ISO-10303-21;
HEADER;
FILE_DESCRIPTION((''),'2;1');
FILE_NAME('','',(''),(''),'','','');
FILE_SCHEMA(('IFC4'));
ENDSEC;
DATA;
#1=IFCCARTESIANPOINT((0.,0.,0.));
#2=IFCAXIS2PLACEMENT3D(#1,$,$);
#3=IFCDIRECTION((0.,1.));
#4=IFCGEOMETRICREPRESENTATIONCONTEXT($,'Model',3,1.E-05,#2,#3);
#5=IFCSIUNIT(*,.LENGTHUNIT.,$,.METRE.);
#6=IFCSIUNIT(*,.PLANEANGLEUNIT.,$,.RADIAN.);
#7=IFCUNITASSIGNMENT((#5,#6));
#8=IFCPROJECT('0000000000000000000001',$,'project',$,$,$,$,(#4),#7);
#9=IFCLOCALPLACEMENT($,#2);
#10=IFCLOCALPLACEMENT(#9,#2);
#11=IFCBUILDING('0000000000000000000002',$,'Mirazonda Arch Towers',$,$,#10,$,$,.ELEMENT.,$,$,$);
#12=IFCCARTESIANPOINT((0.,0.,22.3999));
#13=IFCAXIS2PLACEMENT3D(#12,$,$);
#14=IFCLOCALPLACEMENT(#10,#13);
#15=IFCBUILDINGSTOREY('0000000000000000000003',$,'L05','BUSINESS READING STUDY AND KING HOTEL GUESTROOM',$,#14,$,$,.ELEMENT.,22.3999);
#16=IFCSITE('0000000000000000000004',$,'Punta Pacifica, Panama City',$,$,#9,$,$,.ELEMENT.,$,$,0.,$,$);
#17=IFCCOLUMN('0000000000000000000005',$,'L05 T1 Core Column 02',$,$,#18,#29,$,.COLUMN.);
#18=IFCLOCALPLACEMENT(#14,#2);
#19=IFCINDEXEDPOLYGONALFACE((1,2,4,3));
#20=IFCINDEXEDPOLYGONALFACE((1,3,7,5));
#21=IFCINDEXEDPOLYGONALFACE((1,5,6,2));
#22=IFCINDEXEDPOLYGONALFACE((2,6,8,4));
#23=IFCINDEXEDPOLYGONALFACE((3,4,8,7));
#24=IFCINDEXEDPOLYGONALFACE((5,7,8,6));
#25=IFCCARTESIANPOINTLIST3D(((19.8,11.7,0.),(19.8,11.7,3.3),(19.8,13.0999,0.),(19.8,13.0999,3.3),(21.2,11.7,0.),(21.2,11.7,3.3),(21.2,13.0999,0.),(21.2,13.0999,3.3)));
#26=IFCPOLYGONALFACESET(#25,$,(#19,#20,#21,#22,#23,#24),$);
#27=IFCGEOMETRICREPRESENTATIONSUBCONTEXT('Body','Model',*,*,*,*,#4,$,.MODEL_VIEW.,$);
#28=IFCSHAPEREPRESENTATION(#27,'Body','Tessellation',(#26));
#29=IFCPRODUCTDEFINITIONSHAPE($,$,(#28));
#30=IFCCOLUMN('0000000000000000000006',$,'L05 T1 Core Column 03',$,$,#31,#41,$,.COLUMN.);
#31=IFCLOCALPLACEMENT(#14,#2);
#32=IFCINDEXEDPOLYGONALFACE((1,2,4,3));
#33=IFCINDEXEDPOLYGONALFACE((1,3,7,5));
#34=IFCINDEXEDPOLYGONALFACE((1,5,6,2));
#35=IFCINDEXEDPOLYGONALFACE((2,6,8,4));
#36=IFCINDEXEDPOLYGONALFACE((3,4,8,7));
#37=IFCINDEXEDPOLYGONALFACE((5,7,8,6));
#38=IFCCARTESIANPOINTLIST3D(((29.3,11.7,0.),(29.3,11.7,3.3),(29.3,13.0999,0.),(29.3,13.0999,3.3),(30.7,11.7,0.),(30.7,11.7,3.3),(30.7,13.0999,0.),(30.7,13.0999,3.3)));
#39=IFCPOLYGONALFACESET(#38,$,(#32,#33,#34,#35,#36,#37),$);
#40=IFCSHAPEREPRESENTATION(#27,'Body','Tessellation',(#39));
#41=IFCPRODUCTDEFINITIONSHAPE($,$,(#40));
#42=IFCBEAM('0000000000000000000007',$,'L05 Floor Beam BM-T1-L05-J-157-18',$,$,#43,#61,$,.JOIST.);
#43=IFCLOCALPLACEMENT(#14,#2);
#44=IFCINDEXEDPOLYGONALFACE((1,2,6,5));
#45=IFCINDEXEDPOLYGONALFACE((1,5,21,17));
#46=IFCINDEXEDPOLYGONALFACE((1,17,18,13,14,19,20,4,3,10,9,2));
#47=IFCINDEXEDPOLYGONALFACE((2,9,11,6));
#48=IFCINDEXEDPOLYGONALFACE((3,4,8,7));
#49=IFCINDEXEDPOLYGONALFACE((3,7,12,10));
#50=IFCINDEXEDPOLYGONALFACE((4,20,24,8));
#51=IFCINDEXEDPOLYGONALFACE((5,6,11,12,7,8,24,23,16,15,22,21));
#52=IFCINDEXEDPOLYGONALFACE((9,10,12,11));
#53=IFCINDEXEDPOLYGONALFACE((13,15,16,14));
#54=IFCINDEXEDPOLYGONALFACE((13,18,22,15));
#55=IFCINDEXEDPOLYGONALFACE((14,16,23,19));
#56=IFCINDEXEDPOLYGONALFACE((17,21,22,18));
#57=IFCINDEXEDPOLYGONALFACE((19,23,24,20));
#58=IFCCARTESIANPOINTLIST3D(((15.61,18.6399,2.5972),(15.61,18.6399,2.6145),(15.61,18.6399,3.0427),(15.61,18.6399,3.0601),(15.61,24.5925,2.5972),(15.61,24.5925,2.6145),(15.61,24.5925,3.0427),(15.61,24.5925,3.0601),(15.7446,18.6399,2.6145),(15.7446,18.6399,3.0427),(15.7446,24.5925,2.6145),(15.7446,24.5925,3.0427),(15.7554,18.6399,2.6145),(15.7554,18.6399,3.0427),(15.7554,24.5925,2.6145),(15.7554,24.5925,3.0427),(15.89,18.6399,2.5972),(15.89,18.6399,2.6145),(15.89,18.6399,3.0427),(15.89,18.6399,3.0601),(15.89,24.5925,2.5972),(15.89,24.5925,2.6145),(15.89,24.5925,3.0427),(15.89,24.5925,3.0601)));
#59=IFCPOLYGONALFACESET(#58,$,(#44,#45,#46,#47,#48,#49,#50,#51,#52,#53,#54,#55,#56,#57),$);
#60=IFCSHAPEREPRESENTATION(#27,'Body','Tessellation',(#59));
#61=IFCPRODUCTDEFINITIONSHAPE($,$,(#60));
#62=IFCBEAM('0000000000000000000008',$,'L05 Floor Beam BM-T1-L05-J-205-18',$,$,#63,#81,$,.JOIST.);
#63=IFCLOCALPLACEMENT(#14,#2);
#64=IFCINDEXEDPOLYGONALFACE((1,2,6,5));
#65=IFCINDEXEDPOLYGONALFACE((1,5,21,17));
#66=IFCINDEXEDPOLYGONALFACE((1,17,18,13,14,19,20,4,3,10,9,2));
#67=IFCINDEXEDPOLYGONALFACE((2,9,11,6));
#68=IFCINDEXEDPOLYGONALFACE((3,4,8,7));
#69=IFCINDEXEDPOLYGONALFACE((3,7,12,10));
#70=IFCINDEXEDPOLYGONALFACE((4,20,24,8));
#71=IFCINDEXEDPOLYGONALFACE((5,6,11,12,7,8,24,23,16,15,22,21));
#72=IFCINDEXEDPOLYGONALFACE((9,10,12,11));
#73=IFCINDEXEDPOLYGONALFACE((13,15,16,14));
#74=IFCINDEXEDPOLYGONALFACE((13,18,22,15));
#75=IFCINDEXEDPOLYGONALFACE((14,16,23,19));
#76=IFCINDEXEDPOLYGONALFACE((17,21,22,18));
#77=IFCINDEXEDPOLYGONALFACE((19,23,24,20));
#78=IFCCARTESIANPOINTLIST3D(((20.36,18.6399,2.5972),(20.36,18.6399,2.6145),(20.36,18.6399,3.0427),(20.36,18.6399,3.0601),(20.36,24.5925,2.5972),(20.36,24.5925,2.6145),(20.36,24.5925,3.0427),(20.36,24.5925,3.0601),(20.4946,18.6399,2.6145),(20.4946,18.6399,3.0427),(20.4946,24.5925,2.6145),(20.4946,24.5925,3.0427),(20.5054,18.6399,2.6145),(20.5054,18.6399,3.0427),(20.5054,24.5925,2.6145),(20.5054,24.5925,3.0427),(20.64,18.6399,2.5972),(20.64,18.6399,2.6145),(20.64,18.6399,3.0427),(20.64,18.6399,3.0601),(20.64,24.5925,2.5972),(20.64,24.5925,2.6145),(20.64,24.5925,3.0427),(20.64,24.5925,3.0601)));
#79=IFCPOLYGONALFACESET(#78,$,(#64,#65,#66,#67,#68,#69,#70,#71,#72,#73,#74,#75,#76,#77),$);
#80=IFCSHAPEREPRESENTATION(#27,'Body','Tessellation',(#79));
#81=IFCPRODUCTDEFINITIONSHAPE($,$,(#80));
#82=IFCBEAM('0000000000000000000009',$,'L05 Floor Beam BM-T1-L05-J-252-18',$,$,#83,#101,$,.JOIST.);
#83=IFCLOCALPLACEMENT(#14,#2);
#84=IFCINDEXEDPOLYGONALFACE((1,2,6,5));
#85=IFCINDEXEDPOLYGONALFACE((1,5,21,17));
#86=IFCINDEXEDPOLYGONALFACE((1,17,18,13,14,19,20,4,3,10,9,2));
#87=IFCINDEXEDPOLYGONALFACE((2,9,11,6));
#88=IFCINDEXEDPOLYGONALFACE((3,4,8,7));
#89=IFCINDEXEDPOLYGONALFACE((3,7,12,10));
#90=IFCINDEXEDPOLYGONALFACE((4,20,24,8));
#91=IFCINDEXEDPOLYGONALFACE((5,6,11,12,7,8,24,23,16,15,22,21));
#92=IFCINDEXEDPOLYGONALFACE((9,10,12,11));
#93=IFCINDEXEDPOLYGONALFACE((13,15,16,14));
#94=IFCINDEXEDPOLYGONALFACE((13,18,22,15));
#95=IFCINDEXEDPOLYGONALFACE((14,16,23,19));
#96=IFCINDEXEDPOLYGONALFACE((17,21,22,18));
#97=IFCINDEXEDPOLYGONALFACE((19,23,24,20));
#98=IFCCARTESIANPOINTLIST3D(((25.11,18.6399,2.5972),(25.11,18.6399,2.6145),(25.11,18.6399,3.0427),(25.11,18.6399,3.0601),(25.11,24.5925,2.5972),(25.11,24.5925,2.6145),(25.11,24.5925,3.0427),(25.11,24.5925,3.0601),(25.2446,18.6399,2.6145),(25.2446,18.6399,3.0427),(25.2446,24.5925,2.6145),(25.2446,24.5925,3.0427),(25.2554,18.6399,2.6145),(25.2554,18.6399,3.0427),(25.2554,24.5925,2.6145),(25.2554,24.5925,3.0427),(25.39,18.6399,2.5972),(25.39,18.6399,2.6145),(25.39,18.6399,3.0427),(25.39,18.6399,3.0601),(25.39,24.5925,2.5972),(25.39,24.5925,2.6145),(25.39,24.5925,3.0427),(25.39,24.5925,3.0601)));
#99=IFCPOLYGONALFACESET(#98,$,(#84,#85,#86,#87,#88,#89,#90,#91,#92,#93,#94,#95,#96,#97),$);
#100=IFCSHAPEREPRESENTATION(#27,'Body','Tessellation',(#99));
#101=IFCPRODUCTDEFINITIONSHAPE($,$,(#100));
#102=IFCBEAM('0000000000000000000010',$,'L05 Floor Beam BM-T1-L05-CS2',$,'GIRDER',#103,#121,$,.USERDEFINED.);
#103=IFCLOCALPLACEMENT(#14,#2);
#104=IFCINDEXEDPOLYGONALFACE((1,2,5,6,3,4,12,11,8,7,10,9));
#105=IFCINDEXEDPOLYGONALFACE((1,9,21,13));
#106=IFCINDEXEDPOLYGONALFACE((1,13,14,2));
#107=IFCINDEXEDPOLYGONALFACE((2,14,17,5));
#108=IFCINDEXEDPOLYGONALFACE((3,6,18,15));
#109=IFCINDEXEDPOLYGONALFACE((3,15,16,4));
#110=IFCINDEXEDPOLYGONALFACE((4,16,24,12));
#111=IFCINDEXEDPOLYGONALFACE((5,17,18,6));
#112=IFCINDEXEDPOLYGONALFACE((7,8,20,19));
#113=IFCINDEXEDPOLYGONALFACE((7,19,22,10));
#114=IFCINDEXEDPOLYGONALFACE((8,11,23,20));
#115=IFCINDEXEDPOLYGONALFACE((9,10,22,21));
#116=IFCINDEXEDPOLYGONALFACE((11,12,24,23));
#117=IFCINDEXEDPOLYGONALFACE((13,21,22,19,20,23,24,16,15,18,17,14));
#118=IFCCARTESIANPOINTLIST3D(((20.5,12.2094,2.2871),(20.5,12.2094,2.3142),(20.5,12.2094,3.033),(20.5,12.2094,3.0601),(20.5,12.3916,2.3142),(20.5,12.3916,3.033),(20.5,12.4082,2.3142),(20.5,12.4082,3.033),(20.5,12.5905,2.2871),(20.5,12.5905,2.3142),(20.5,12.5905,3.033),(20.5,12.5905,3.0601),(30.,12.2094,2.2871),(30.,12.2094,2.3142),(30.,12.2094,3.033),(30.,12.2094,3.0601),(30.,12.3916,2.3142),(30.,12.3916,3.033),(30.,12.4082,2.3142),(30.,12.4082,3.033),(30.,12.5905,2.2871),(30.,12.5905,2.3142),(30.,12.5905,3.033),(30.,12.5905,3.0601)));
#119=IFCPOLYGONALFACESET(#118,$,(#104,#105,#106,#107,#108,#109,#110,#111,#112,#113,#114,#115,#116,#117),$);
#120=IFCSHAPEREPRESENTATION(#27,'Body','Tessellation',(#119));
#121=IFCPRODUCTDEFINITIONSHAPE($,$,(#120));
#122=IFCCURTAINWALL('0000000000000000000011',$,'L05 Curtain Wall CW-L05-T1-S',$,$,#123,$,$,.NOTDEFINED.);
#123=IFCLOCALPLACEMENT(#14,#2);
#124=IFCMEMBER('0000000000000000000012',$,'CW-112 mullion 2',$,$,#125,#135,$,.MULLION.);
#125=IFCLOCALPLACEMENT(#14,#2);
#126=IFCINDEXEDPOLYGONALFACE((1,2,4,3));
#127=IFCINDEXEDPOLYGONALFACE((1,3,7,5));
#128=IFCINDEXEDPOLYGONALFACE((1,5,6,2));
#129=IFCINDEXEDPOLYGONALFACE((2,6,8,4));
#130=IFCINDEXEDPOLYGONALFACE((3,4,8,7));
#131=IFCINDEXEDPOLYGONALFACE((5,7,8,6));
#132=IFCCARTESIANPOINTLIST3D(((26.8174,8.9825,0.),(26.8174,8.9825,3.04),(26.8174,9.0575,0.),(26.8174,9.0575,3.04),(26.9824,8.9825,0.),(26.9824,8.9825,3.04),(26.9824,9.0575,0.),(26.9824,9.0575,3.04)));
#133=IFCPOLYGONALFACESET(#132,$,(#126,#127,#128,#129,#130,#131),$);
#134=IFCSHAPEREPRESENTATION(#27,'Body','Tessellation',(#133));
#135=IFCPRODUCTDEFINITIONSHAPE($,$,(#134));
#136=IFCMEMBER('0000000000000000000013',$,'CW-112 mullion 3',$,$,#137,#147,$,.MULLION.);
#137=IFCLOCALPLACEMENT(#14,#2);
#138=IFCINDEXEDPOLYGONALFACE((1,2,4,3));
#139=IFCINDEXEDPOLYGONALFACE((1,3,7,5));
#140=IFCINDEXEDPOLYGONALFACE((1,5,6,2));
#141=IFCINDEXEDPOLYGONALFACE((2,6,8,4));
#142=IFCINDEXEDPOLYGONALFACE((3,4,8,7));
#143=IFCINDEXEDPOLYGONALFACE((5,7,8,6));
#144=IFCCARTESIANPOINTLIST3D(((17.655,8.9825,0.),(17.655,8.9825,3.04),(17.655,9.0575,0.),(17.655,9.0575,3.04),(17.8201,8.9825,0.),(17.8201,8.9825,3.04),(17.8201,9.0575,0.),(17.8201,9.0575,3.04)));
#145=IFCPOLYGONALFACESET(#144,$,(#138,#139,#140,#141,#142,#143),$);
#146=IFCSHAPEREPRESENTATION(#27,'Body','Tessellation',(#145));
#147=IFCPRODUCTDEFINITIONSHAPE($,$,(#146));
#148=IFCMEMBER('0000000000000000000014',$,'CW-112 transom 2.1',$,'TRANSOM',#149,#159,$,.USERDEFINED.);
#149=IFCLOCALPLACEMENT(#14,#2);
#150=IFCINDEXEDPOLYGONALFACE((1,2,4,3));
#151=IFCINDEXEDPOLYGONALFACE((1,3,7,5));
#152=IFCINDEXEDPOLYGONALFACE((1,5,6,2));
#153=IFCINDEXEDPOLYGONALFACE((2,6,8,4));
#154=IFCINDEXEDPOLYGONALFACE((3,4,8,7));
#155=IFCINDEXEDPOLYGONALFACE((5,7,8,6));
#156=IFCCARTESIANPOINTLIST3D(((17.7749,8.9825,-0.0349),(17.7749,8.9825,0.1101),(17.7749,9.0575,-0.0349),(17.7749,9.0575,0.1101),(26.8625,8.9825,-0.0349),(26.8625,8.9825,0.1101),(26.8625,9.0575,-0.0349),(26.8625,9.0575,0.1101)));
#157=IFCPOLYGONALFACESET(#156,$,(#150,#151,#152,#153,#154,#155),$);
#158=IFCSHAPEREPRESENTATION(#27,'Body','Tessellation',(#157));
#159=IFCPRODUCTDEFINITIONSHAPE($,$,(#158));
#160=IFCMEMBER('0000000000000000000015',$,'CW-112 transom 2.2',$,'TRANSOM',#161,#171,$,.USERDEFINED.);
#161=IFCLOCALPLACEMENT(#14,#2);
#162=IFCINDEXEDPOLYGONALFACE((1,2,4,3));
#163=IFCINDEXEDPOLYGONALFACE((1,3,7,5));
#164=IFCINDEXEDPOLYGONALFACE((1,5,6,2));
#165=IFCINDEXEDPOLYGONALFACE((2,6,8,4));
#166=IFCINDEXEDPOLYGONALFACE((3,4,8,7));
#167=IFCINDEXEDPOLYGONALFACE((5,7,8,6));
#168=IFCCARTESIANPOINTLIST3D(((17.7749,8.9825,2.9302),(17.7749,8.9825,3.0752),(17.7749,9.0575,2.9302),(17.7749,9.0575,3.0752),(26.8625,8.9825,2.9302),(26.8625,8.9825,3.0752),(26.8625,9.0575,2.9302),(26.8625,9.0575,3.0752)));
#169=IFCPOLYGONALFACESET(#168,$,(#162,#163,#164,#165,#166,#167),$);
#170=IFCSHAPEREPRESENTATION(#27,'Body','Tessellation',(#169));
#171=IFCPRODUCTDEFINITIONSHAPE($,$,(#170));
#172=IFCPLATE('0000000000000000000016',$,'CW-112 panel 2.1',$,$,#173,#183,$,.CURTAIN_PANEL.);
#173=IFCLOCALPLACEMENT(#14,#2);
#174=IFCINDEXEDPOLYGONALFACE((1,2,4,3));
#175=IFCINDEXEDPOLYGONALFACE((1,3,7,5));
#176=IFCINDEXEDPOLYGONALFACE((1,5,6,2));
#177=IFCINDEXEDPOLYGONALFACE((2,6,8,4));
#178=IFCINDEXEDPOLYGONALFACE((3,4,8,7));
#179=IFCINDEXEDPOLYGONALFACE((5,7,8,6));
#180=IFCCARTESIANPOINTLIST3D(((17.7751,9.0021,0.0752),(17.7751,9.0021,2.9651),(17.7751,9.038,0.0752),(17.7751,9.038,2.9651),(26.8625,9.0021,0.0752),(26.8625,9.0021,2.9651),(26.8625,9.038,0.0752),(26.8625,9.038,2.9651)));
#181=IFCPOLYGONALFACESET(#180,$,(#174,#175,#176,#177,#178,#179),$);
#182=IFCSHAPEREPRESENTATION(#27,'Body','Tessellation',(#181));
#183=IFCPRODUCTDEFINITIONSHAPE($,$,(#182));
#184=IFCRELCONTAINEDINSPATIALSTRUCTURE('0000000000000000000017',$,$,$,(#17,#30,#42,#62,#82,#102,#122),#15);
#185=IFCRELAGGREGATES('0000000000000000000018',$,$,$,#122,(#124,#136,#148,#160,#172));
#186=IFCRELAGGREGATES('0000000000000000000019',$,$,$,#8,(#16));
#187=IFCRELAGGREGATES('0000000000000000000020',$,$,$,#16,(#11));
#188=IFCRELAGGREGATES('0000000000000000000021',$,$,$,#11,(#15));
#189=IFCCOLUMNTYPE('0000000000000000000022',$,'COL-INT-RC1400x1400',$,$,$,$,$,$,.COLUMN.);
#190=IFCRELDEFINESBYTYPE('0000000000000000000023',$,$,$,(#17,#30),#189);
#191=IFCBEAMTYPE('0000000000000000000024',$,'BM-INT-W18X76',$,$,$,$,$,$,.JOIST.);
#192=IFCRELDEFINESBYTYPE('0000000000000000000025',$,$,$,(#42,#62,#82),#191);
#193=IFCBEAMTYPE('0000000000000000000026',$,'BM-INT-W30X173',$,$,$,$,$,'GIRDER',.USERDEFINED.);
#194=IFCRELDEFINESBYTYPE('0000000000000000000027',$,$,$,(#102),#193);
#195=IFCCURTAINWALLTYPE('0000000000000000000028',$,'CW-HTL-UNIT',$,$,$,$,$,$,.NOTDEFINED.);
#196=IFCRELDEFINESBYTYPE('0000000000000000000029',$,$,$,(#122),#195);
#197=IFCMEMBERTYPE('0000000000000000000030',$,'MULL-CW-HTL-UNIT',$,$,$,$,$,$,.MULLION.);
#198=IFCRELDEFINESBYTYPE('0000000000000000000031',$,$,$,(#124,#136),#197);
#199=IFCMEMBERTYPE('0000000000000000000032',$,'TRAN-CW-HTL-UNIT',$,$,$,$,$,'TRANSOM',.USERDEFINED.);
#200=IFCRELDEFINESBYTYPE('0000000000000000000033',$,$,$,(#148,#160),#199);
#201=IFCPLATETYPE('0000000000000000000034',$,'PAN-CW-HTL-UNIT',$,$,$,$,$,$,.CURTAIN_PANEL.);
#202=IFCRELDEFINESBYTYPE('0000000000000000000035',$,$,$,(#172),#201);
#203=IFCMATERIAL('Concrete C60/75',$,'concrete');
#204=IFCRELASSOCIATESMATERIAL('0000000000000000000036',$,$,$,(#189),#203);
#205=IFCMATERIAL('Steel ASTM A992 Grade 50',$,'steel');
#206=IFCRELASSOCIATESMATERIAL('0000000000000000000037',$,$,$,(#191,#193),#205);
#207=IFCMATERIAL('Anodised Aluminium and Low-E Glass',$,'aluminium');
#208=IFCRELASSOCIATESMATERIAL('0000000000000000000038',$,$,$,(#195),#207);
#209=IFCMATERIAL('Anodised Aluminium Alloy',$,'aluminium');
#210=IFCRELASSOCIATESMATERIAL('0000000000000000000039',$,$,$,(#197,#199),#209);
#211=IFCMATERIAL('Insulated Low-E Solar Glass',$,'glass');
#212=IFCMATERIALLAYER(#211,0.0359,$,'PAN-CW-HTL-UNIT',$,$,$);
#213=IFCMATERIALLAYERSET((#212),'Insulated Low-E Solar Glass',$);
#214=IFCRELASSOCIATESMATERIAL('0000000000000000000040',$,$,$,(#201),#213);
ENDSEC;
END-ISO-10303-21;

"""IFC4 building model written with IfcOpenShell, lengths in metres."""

from ifc_helpers import new_model, si_unit, direction, frame, origin, origin_2d, place, context, subcontext, project, spatial, rectangle, i_section, extrude, material, layer, layer_set, material_profile, profile_set, type_object, element, aggregate, save


model = new_model("IFC4")

# Units and contexts
model_context = context("Model", 3, precision=1e-05, world=origin(), true_north=direction((0.0, 1.0)))
body_context = subcontext(model_context, "Body", "Model", "MODEL_VIEW")
ifc_project = project(units=[si_unit("LENGTHUNIT", "METRE"), si_unit("PLANEANGLEUNIT", "RADIAN")], contexts=[model_context])

# Site, building, storey
site_placement = place(None, origin())
site = spatial("IfcSite", under=ifc_project, at=site_placement, Name="Punta Pacifica, Panama City", CompositionType="ELEMENT", RefElevation=0.0)
building_placement = place(site_placement, origin())
building = spatial("IfcBuilding", under=site, at=building_placement, Name="Mirazonda Arch Towers", CompositionType="ELEMENT")
storey_placement = place(building_placement, frame((0.0, 0.0, 22.3999)))
storey = spatial("IfcBuildingStorey", under=building, at=storey_placement, Name="L05", Description="BUSINESS READING STUDY AND KING HOTEL GUESTROOM", CompositionType="ELEMENT", Elevation=22.3999)

# Columns
ifc_material_1 = material(Name="Concrete C60/75", Category="concrete")
ifc_material_profile_1 = material_profile(ifc_material_1, rectangle(XDim=1.3999, YDim=1.3999, at=origin_2d()), Name="RC1400x1400")
ifc_profile_set_1 = profile_set([ifc_material_profile_1], Name="Concrete C60/75")
column_type = type_object("IfcColumnType", Name="COL-INT-RC1400x1400", PredefinedType="COLUMN", material=ifc_profile_set_1)
for number, where, z_axis, x_axis, name in (
    (1, (20.5, 12.3999, 0.0), (0.0, 0.0, 1.0), (1.0, 0.0, 0.0), "L05 T1 Core Column 02"),
    (2, (30.0, 12.3999, 0.0), (0.0, 0.0, 1.0), (1.0, 0.0, 0.0), "L05 T1 Core Column 03"),
):
    element("IfcColumn", number, at=place(storey_placement, frame(where, z_axis=z_axis, x_axis=x_axis)), inside=storey, type_object=column_type, Name=name, PredefinedType="COLUMN", context=body_context, shape_type="SweptSolid", body=[
        extrude(rectangle(XDim=1.3999, YDim=1.3999, at=origin_2d()), origin(), (0.0, 0.0, 1.0), 3.3),
    ])

# Beams
ifc_material_2 = material(Name="Steel ASTM A992 Grade 50", Category="steel")
ifc_material_profile_2 = material_profile(ifc_material_2, i_section(OverallWidth=0.28, OverallDepth=0.4629, WebThickness=0.0107, FlangeThickness=0.0173, at=origin_2d()), Name="W18X76")
ifc_profile_set_2 = profile_set([ifc_material_profile_2], Name="Steel ASTM A992 Grade 50")
beam_type_1 = type_object("IfcBeamType", Name="BM-INT-W18X76", PredefinedType="JOIST", material=ifc_profile_set_2)
for number, where, z_axis, x_axis, name in (
    (3, (15.75, 18.6399, 2.8286), (0.0, 1.0, 0.0), (-1.0, 0.0, 0.0), "L05 Floor Beam BM-T1-L05-J-157-18"),
    (4, (20.5, 18.6399, 2.8286), (0.0, 1.0, 0.0), (-1.0, 0.0, 0.0), "L05 Floor Beam BM-T1-L05-J-205-18"),
    (5, (25.25, 18.6399, 2.8286), (0.0, 1.0, 0.0), (-1.0, 0.0, 0.0), "L05 Floor Beam BM-T1-L05-J-252-18"),
):
    element("IfcBeam", number, at=place(storey_placement, frame(where, z_axis=z_axis, x_axis=x_axis)), inside=storey, type_object=beam_type_1, Name=name, PredefinedType="JOIST", context=body_context, shape_type="SweptSolid", body=[
        extrude(i_section(OverallWidth=0.28, OverallDepth=0.4629, WebThickness=0.0107, FlangeThickness=0.0173, at=origin_2d()), origin(), (0.0, 0.0, 1.0), 5.9526),
    ])
ifc_material_profile_3 = material_profile(ifc_material_2, i_section(OverallWidth=0.3811, OverallDepth=0.7729, WebThickness=0.0166, FlangeThickness=0.0271, at=origin_2d()), Name="W30X173")
ifc_profile_set_3 = profile_set([ifc_material_profile_3], Name="Steel ASTM A992 Grade 50")
beam_type_2 = type_object("IfcBeamType", Name="BM-INT-W30X173", ElementType="GIRDER", PredefinedType="USERDEFINED", material=ifc_profile_set_3)
beam_placement = place(storey_placement, frame((20.5, 12.3999, 2.6736), z_axis=(1.0, 0.0, 0.0), x_axis=(0.0, 1.0, 0.0)))
element("IfcBeam", 6, at=beam_placement, inside=storey, type_object=beam_type_2, Name="L05 Floor Beam BM-T1-L05-CS2", ObjectType="GIRDER", PredefinedType="USERDEFINED", context=body_context, shape_type="SweptSolid", body=[
    extrude(i_section(OverallWidth=0.3811, OverallDepth=0.7729, WebThickness=0.0166, FlangeThickness=0.0271, at=origin_2d()), origin(), (0.0, 0.0, 1.0), 9.5),
])

# Curtain wall, members, plate
ifc_material_3 = material(Name="Anodised Aluminium and Low-E Glass", Category="aluminium")
curtain_wall_type = type_object("IfcCurtainWallType", Name="CW-HTL-UNIT", PredefinedType="NOTDEFINED", material=ifc_material_3)
curtain_wall_placement = place(storey_placement, origin())
curtain_wall = element("IfcCurtainWall", 7, at=curtain_wall_placement, inside=storey, type_object=curtain_wall_type, Name="L05 Curtain Wall CW-L05-T1-S", PredefinedType="NOTDEFINED")
ifc_material_4 = material(Name="Anodised Aluminium Alloy", Category="aluminium")
ifc_material_profile_4 = material_profile(ifc_material_4, rectangle(XDim=0.075, YDim=0.165, at=origin_2d()), Name="ALU-MULL-75x165")
ifc_profile_set_4 = profile_set([ifc_material_profile_4], Name="Anodised Aluminium Alloy")
member_type_1 = type_object("IfcMemberType", Name="MULL-CW-HTL-UNIT", PredefinedType="MULLION", material=ifc_profile_set_4)
member_1_placement = place(storey_placement, frame((26.8999, 9.02, 0.0), z_axis=(0.0, 0.0, 1.0), x_axis=(0.0, -1.0, 0.0)))
member_1 = element("IfcMember", 8, at=member_1_placement, type_object=member_type_1, Name="CW-112 mullion 2", PredefinedType="MULLION", context=body_context, shape_type="SweptSolid", body=[
    extrude(rectangle(XDim=0.075, YDim=0.165, at=origin_2d()), origin(), (0.0, 0.0, 1.0), 3.04),
])
member_2_placement = place(storey_placement, frame((17.7375, 9.02, 0.0), z_axis=(0.0, 0.0, 1.0), x_axis=(0.0, -1.0, 0.0)))
member_2 = element("IfcMember", 9, at=member_2_placement, type_object=member_type_1, Name="CW-112 mullion 3", PredefinedType="MULLION", context=body_context, shape_type="SweptSolid", body=[
    extrude(rectangle(XDim=0.075, YDim=0.165, at=origin_2d()), origin(), (0.0, 0.0, 1.0), 3.04),
])
ifc_material_profile_5 = material_profile(ifc_material_4, rectangle(XDim=0.075, YDim=0.145, at=origin_2d()), Name="ALU-TRAN-75x145")
ifc_profile_set_5 = profile_set([ifc_material_profile_5], Name="Anodised Aluminium Alloy")
member_type_2 = type_object("IfcMemberType", Name="TRAN-CW-HTL-UNIT", ElementType="TRANSOM", PredefinedType="USERDEFINED", material=ifc_profile_set_5)
member_3_placement = place(storey_placement, frame((26.8625, 9.02, 0.0376), z_axis=(-1.0, 0.0, 0.0), x_axis=(0.0, -1.0, 0.0)))
member_3 = element("IfcMember", 10, at=member_3_placement, type_object=member_type_2, Name="CW-112 transom 2.1", ObjectType="TRANSOM", PredefinedType="USERDEFINED", context=body_context, shape_type="SweptSolid", body=[
    extrude(rectangle(XDim=0.075, YDim=0.145, at=origin_2d()), origin(), (0.0, 0.0, 1.0), 9.0876),
])
member_4_placement = place(storey_placement, frame((26.8625, 9.02, 3.0027), z_axis=(-1.0, 0.0, 0.0), x_axis=(0.0, -1.0, 0.0)))
member_4 = element("IfcMember", 11, at=member_4_placement, type_object=member_type_2, Name="CW-112 transom 2.2", ObjectType="TRANSOM", PredefinedType="USERDEFINED", context=body_context, shape_type="SweptSolid", body=[
    extrude(rectangle(XDim=0.075, YDim=0.145, at=origin_2d()), origin(), (0.0, 0.0, 1.0), 9.0876),
])
ifc_material_5 = material(Name="Insulated Low-E Solar Glass", Category="glass")
ifc_layer_1 = layer(ifc_material_5, 0.0359, Name="PAN-CW-HTL-UNIT")
ifc_layer_set_1 = layer_set([ifc_layer_1], Name="Insulated Low-E Solar Glass")
plate_type = type_object("IfcPlateType", Name="PAN-CW-HTL-UNIT", PredefinedType="CURTAIN_PANEL", material=ifc_layer_set_1)
plate_placement = place(storey_placement, frame((22.3188, 9.02, 0.0752), z_axis=(0.0, 0.0, 1.0), x_axis=(-1.0, 0.0, 0.0)))
plate = element("IfcPlate", 12, at=plate_placement, type_object=plate_type, Name="CW-112 panel 2.1", PredefinedType="CURTAIN_PANEL", context=body_context, shape_type="SweptSolid", body=[
    extrude(rectangle(XDim=9.0874, YDim=0.0359, at=origin_2d()), origin(), (0.0, 0.0, 1.0), 2.8899),
])
aggregate(curtain_wall, [member_1, member_2, member_3, member_4, plate])

save(model, "model.ifc")
